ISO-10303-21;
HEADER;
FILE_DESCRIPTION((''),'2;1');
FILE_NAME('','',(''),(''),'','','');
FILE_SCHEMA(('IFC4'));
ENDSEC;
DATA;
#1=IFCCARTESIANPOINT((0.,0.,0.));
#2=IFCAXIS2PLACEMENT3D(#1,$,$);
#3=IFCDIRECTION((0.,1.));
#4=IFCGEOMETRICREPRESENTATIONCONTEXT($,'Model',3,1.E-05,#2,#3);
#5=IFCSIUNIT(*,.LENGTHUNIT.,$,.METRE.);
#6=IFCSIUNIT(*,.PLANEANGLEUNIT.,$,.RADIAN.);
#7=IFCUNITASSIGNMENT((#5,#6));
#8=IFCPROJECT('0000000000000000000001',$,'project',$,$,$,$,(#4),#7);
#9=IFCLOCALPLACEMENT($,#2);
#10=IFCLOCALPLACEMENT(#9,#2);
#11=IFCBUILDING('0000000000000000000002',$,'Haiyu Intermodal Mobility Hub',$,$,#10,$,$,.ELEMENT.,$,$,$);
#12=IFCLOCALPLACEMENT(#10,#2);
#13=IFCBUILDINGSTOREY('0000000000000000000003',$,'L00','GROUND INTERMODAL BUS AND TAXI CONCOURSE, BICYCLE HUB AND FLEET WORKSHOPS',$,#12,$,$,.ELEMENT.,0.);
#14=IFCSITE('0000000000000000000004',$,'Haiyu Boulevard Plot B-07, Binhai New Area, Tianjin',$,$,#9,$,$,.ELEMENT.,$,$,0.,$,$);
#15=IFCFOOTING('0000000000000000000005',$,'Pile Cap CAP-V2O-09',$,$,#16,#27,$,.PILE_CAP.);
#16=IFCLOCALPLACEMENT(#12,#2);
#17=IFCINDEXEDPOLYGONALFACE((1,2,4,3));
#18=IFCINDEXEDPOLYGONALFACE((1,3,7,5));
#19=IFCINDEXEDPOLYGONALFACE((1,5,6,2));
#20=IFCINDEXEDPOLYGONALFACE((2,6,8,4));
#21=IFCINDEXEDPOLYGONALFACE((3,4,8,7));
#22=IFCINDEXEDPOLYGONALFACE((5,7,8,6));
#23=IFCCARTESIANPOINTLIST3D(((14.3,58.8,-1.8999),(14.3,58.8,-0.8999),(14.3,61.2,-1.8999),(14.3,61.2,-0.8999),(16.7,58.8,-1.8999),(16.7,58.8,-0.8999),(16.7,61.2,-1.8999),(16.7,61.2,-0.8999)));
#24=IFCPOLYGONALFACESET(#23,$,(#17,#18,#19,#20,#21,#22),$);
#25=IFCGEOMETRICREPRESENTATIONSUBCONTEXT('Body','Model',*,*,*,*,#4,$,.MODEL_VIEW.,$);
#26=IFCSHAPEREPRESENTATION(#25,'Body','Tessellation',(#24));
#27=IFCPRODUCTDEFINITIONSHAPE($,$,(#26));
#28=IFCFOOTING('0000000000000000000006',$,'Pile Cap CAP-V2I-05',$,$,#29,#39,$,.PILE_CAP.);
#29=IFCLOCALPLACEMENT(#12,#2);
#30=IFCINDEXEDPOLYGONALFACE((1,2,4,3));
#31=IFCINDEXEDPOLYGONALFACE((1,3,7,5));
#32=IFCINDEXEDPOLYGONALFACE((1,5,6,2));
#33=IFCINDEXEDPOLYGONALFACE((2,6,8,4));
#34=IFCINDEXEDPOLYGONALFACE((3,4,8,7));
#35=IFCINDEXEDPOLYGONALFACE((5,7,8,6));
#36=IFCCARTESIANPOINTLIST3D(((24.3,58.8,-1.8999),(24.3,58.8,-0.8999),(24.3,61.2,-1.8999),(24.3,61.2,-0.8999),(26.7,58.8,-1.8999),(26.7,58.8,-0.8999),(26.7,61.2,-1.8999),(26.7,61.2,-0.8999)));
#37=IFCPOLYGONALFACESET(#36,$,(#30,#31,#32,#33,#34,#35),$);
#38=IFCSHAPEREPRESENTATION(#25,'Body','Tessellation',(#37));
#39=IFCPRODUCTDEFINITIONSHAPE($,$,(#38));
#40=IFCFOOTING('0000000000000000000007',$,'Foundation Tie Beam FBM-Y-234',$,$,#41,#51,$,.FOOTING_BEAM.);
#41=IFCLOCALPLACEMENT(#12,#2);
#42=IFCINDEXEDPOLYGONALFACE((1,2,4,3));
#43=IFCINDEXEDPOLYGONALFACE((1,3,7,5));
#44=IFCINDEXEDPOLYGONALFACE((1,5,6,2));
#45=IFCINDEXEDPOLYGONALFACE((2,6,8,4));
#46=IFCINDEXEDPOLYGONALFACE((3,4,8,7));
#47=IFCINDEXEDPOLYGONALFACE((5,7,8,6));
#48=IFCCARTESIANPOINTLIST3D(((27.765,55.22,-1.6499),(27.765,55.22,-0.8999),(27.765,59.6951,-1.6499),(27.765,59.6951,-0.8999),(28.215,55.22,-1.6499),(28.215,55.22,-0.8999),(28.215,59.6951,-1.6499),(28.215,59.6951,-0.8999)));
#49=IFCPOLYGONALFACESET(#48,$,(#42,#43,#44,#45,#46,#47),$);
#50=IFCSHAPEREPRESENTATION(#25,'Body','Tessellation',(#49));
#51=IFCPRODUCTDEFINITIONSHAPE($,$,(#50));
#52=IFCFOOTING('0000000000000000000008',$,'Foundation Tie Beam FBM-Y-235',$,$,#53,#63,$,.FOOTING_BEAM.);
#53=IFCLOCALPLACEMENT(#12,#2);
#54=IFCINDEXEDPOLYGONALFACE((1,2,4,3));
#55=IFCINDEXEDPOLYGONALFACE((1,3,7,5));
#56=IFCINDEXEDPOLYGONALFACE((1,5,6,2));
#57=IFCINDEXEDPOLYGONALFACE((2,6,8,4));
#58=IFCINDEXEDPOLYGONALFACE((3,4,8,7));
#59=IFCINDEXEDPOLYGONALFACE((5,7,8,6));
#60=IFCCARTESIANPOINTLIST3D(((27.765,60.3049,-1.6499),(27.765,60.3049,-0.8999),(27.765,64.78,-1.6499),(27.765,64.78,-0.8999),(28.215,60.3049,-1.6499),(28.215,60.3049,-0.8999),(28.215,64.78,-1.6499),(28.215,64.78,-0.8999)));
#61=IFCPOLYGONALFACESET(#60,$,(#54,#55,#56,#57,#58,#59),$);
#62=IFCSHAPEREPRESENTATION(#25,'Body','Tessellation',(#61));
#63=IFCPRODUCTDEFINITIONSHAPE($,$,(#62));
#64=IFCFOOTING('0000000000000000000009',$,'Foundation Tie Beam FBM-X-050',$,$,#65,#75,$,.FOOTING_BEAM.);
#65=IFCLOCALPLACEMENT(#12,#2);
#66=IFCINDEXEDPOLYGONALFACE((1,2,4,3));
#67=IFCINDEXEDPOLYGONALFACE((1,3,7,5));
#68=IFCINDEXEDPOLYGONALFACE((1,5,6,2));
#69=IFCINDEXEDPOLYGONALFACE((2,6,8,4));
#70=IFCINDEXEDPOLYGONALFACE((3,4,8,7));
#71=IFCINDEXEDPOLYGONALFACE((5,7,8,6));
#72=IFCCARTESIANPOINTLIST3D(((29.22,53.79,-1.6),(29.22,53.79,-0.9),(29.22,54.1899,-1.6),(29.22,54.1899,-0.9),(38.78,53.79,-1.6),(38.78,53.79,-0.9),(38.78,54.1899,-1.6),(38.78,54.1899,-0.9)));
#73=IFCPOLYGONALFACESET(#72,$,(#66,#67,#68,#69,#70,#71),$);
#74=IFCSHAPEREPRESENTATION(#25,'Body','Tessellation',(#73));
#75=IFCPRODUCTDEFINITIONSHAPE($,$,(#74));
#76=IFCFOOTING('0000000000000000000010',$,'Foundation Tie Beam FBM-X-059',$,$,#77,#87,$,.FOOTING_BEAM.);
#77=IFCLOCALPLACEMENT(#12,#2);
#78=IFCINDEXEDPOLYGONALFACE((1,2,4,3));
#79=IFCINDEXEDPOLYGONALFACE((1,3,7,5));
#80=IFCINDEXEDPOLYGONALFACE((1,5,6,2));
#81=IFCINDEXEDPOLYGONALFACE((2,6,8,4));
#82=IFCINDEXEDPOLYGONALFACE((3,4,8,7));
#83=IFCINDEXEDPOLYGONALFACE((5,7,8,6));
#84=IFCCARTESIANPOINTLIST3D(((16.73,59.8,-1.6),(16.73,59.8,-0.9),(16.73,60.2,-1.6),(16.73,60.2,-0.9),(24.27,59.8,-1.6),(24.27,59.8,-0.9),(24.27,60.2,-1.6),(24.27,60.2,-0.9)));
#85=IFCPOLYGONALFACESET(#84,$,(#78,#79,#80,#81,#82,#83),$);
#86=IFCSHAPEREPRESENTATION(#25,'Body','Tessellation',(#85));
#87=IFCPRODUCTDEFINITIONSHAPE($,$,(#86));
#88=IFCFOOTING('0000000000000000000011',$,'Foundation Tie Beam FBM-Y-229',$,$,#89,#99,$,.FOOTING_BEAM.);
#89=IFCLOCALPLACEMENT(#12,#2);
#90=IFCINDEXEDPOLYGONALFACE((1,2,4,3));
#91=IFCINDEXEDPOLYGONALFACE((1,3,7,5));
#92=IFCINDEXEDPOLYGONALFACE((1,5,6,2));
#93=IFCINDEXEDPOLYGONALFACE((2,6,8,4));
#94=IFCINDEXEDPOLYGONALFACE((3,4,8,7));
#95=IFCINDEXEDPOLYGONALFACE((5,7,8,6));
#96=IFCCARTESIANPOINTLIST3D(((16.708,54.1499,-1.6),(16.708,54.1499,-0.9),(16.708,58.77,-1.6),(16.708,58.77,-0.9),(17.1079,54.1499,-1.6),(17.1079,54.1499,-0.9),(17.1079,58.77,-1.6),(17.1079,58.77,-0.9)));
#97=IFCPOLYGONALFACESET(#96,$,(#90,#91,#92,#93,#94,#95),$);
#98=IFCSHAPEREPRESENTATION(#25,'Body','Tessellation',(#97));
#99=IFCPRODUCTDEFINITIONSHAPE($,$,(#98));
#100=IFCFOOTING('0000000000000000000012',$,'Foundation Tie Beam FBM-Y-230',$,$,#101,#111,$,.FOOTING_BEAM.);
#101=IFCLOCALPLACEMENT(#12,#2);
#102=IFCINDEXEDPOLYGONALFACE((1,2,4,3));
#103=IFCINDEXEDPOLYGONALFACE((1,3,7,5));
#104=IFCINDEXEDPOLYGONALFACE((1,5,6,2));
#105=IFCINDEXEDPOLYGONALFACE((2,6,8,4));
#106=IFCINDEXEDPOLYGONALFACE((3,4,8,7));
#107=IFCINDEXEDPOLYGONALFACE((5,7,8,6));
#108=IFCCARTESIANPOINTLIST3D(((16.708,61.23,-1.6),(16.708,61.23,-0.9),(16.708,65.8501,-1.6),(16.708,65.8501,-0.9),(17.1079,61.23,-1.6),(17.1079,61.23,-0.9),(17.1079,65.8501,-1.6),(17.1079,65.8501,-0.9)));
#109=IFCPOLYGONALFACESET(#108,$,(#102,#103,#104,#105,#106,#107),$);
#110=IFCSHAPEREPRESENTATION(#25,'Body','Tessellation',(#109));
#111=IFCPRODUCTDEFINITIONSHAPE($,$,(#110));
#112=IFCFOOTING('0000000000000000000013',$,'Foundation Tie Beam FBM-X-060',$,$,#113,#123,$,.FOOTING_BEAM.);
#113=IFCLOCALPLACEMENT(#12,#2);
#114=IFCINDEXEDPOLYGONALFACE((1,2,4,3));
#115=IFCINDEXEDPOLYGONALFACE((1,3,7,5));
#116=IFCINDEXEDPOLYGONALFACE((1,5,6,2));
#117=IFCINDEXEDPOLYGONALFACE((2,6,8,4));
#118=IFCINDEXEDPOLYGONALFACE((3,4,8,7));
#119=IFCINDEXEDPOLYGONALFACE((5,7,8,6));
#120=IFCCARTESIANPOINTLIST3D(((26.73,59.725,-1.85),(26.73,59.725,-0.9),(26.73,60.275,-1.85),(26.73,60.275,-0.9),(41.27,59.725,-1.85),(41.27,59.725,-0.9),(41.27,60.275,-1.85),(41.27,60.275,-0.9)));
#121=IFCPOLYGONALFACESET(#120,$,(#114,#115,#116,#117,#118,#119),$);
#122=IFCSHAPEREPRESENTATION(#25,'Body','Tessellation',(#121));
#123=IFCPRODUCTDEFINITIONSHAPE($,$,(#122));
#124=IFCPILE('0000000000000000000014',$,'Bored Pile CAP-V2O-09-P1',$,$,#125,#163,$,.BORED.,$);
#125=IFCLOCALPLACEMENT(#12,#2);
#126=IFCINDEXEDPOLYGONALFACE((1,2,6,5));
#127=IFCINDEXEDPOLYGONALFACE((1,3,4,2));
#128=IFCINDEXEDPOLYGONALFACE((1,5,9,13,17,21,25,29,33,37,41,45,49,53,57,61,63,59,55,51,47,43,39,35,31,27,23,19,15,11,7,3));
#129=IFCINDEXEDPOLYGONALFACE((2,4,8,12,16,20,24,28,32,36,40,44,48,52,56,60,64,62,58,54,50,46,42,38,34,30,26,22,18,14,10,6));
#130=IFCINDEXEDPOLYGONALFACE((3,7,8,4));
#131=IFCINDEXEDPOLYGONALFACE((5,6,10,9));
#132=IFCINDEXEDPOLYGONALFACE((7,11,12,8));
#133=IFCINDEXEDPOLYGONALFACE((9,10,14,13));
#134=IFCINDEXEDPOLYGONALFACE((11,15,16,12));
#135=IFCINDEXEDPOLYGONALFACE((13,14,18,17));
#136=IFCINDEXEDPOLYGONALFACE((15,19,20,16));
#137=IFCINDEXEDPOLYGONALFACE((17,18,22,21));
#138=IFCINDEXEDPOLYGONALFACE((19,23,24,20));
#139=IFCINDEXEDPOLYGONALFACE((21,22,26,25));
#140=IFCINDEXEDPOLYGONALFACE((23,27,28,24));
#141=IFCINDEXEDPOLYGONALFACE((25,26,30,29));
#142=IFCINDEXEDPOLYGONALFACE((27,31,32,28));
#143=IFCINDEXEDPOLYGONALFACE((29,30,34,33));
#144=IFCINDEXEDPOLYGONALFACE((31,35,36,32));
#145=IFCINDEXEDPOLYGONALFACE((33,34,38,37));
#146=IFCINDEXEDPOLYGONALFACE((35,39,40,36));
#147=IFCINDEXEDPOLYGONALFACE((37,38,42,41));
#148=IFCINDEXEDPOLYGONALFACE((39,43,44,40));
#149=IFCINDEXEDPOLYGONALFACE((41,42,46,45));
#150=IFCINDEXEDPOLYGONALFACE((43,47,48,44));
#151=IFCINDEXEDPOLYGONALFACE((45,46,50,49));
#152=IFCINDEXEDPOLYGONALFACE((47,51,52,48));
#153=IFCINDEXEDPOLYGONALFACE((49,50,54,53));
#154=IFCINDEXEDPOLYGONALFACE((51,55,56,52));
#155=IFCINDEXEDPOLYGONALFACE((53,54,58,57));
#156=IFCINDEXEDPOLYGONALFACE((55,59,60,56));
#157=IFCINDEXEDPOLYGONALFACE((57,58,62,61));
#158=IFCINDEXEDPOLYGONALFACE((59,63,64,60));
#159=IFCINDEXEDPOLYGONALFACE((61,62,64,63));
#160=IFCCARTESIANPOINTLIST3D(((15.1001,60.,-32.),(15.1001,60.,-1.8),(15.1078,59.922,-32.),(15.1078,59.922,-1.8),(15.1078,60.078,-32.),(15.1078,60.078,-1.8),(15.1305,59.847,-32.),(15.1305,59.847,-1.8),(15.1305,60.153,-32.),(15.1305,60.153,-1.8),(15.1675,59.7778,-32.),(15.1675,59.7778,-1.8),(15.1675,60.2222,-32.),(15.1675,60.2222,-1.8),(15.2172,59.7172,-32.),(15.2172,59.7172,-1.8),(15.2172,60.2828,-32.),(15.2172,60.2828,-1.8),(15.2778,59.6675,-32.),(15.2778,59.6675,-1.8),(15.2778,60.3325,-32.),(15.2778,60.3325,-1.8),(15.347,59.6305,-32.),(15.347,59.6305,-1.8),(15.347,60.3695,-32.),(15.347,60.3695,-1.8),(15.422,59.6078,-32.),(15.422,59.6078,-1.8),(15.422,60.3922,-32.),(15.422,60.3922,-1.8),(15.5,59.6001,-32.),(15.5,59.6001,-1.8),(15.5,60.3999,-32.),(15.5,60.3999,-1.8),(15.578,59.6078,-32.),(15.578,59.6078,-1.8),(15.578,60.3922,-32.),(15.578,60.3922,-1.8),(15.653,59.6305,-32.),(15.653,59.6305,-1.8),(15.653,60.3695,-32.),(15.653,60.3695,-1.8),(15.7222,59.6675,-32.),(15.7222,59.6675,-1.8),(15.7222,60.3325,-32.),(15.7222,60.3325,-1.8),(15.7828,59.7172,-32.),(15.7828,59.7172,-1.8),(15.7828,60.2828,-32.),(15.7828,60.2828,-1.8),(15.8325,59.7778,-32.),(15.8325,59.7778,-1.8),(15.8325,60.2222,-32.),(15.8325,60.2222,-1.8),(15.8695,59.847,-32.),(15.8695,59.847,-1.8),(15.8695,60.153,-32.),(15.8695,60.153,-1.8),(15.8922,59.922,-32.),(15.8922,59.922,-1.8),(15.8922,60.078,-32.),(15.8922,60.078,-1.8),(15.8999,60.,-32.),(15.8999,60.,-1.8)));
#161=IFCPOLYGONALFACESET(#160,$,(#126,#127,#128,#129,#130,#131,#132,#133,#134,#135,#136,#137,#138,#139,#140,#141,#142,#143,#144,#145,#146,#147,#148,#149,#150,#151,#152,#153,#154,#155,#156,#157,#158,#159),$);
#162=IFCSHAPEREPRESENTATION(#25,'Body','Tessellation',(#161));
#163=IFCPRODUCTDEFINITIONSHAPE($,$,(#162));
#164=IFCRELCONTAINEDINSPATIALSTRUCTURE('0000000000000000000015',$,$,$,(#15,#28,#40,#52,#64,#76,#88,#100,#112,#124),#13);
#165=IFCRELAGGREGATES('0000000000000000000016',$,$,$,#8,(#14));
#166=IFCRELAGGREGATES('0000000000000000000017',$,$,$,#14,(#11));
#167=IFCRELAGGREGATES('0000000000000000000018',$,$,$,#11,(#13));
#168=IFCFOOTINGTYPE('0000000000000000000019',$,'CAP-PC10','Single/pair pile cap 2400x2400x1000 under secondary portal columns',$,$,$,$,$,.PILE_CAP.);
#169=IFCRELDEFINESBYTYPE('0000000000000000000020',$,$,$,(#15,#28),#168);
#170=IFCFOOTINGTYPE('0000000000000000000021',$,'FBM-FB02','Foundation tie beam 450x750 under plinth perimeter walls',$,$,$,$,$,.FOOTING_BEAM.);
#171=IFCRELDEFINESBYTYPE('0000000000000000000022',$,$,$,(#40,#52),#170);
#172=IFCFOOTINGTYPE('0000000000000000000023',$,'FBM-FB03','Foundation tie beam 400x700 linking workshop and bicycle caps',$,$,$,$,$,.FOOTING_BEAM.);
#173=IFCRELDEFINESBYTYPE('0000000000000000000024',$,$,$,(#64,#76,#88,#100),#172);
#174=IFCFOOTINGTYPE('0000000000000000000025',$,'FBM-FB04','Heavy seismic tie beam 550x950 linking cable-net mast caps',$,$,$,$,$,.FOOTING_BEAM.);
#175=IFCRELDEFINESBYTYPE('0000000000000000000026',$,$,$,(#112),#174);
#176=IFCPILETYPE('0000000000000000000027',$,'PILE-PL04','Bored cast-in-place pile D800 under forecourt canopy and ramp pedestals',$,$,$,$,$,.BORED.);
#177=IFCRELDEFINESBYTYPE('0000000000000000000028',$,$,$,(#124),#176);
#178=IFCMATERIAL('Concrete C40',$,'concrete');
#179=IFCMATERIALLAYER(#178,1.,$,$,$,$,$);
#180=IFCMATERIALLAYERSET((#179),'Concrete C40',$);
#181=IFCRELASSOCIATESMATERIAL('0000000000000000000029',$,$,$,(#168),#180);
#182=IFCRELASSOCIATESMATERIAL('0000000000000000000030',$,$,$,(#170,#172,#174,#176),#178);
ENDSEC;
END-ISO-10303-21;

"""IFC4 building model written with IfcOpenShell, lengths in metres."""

from ifc_helpers import new_model, si_unit, direction, frame, origin, origin_2d, place, context, subcontext, project, spatial, rectangle, circle, extrude, material, layer, layer_set, material_profile, profile_set, type_object, element, save


model = new_model("IFC4")

# Units and contexts
model_context = context("Model", 3, precision=1e-05, world=origin(), true_north=direction((0.0, 1.0)))
body_context = subcontext(model_context, "Body", "Model", "MODEL_VIEW")
ifc_project = project(units=[si_unit("LENGTHUNIT", "METRE"), si_unit("PLANEANGLEUNIT", "RADIAN")], contexts=[model_context])

# Site, building, storey
site_placement = place(None, origin())
site = spatial("IfcSite", under=ifc_project, at=site_placement, Name="Haiyu Boulevard Plot B-07, Binhai New Area, Tianjin", CompositionType="ELEMENT", RefElevation=0.0)
building_placement = place(site_placement, origin())
building = spatial("IfcBuilding", under=site, at=building_placement, Name="Haiyu Intermodal Mobility Hub", CompositionType="ELEMENT")
storey_placement = place(building_placement, origin())
storey = spatial("IfcBuildingStorey", under=building, at=storey_placement, Name="L00", Description="GROUND INTERMODAL BUS AND TAXI CONCOURSE, BICYCLE HUB AND FLEET WORKSHOPS", CompositionType="ELEMENT", Elevation=0.0)

# Footings
ifc_material_1 = material(Name="Concrete C40", Category="concrete")
ifc_layer_1 = layer(ifc_material_1, 1.0)
ifc_layer_set_1 = layer_set([ifc_layer_1], Name="Concrete C40")
footing_type_1 = type_object("IfcFootingType", Name="CAP-PC10", Description="Single/pair pile cap 2400x2400x1000 under secondary portal columns", PredefinedType="PILE_CAP", material=ifc_layer_set_1)
for number, where, z_axis, x_axis, name in (
    (1, (15.5, 60.0, -1.8999), (0.0, 0.0, 1.0), (1.0, 0.0, 0.0), "Pile Cap CAP-V2O-09"),
    (2, (25.5, 60.0, -1.8999), (0.0, 0.0, 1.0), (1.0, 0.0, 0.0), "Pile Cap CAP-V2I-05"),
):
    element("IfcFooting", number, at=place(storey_placement, frame(where, z_axis=z_axis, x_axis=x_axis)), inside=storey, type_object=footing_type_1, Name=name, PredefinedType="PILE_CAP", context=body_context, shape_type="SweptSolid", body=[
        extrude(rectangle(XDim=2.3999, YDim=2.3999, at=origin_2d()), origin(), (0.0, 0.0, 1.0), 1.0),
    ])
ifc_material_profile_1 = material_profile(ifc_material_1, rectangle(XDim=0.45, YDim=0.75, at=origin_2d()), Name="FB450x750")
ifc_profile_set_1 = profile_set([ifc_material_profile_1], Name="Concrete C40")
footing_type_2 = type_object("IfcFootingType", Name="FBM-FB02", Description="Foundation tie beam 450x750 under plinth perimeter walls", PredefinedType="FOOTING_BEAM", material=ifc_profile_set_1)
for number, where, z_axis, x_axis, name in (
    (3, (27.99, 55.22, -1.2749), (0.0, 1.0, 0.0), (-1.0, 0.0, 0.0), "Foundation Tie Beam FBM-Y-234"),
    (4, (27.99, 60.3049, -1.2749), (0.0, 1.0, 0.0), (-1.0, 0.0, 0.0), "Foundation Tie Beam FBM-Y-235"),
):
    element("IfcFooting", number, at=place(storey_placement, frame(where, z_axis=z_axis, x_axis=x_axis)), inside=storey, type_object=footing_type_2, Name=name, PredefinedType="FOOTING_BEAM", context=body_context, shape_type="SweptSolid", body=[
        extrude(rectangle(XDim=0.45, YDim=0.75, at=origin_2d()), origin(), (0.0, 0.0, 1.0), 4.4751),
    ])
ifc_material_profile_2 = material_profile(ifc_material_1, rectangle(XDim=0.3999, YDim=0.7, at=origin_2d()), Name="FB400x700")
ifc_profile_set_2 = profile_set([ifc_material_profile_2], Name="Concrete C40")
footing_type_3 = type_object("IfcFootingType", Name="FBM-FB03", Description="Foundation tie beam 400x700 linking workshop and bicycle caps", PredefinedType="FOOTING_BEAM", material=ifc_profile_set_2)
footing_1_placement = place(storey_placement, frame((29.22, 53.99, -1.25), z_axis=(1.0, 0.0, 0.0), x_axis=(0.0, 1.0, 0.0)))
element("IfcFooting", 5, at=footing_1_placement, inside=storey, type_object=footing_type_3, Name="Foundation Tie Beam FBM-X-050", PredefinedType="FOOTING_BEAM", context=body_context, shape_type="SweptSolid", body=[
    extrude(rectangle(XDim=0.3999, YDim=0.7, at=origin_2d()), origin(), (0.0, 0.0, 1.0), 9.5601),
])
footing_2_placement = place(storey_placement, frame((16.73, 60.0, -1.25), z_axis=(1.0, 0.0, 0.0), x_axis=(0.0, 1.0, 0.0)))
element("IfcFooting", 6, at=footing_2_placement, inside=storey, type_object=footing_type_3, Name="Foundation Tie Beam FBM-X-059", PredefinedType="FOOTING_BEAM", context=body_context, shape_type="SweptSolid", body=[
    extrude(rectangle(XDim=0.3999, YDim=0.7, at=origin_2d()), origin(), (0.0, 0.0, 1.0), 7.54),
])
for number, where, z_axis, x_axis, name in (
    (7, (16.908, 54.1499, -1.25), (0.0, 1.0, 0.0), (-1.0, 0.0, 0.0), "Foundation Tie Beam FBM-Y-229"),
    (8, (16.908, 61.23, -1.25), (0.0, 1.0, 0.0), (-1.0, 0.0, 0.0), "Foundation Tie Beam FBM-Y-230"),
):
    element("IfcFooting", number, at=place(storey_placement, frame(where, z_axis=z_axis, x_axis=x_axis)), inside=storey, type_object=footing_type_3, Name=name, PredefinedType="FOOTING_BEAM", context=body_context, shape_type="SweptSolid", body=[
        extrude(rectangle(XDim=0.3999, YDim=0.7, at=origin_2d()), origin(), (0.0, 0.0, 1.0), 4.6201),
    ])
ifc_material_profile_3 = material_profile(ifc_material_1, rectangle(XDim=0.55, YDim=0.95, at=origin_2d()), Name="FB550x950")
ifc_profile_set_3 = profile_set([ifc_material_profile_3], Name="Concrete C40")
footing_type_4 = type_object("IfcFootingType", Name="FBM-FB04", Description="Heavy seismic tie beam 550x950 linking cable-net mast caps", PredefinedType="FOOTING_BEAM", material=ifc_profile_set_3)
footing_3_placement = place(storey_placement, frame((26.73, 60.0, -1.375), z_axis=(1.0, 0.0, 0.0), x_axis=(0.0, 1.0, 0.0)))
element("IfcFooting", 9, at=footing_3_placement, inside=storey, type_object=footing_type_4, Name="Foundation Tie Beam FBM-X-060", PredefinedType="FOOTING_BEAM", context=body_context, shape_type="SweptSolid", body=[
    extrude(rectangle(XDim=0.55, YDim=0.95, at=origin_2d()), origin(), (0.0, 0.0, 1.0), 14.54),
])

# Pile
ifc_material_profile_4 = material_profile(ifc_material_1, circle(Radius=0.3999, at=origin_2d()), Name="PILE-D800")
ifc_profile_set_4 = profile_set([ifc_material_profile_4], Name="Concrete C40")
pile_type = type_object("IfcPileType", Name="PILE-PL04", Description="Bored cast-in-place pile D800 under forecourt canopy and ramp pedestals", PredefinedType="BORED", material=ifc_profile_set_4)
for number, where, z_axis, x_axis, name in (
    (10, (15.5, 60.0, -1.8), (0.0, 0.0, -1.0), (1.0, 0.0, 0.0), "Bored Pile CAP-V2O-09-P1"),
):
    element("IfcPile", number, at=place(storey_placement, frame(where, z_axis=z_axis, x_axis=x_axis)), inside=storey, type_object=pile_type, Name=name, PredefinedType="BORED", context=body_context, shape_type="SweptSolid", body=[
        extrude(circle(Radius=0.3999, at=origin_2d()), origin(), (0.0, 0.0, 1.0), 30.2),
    ])

save(model, "model.ifc")
